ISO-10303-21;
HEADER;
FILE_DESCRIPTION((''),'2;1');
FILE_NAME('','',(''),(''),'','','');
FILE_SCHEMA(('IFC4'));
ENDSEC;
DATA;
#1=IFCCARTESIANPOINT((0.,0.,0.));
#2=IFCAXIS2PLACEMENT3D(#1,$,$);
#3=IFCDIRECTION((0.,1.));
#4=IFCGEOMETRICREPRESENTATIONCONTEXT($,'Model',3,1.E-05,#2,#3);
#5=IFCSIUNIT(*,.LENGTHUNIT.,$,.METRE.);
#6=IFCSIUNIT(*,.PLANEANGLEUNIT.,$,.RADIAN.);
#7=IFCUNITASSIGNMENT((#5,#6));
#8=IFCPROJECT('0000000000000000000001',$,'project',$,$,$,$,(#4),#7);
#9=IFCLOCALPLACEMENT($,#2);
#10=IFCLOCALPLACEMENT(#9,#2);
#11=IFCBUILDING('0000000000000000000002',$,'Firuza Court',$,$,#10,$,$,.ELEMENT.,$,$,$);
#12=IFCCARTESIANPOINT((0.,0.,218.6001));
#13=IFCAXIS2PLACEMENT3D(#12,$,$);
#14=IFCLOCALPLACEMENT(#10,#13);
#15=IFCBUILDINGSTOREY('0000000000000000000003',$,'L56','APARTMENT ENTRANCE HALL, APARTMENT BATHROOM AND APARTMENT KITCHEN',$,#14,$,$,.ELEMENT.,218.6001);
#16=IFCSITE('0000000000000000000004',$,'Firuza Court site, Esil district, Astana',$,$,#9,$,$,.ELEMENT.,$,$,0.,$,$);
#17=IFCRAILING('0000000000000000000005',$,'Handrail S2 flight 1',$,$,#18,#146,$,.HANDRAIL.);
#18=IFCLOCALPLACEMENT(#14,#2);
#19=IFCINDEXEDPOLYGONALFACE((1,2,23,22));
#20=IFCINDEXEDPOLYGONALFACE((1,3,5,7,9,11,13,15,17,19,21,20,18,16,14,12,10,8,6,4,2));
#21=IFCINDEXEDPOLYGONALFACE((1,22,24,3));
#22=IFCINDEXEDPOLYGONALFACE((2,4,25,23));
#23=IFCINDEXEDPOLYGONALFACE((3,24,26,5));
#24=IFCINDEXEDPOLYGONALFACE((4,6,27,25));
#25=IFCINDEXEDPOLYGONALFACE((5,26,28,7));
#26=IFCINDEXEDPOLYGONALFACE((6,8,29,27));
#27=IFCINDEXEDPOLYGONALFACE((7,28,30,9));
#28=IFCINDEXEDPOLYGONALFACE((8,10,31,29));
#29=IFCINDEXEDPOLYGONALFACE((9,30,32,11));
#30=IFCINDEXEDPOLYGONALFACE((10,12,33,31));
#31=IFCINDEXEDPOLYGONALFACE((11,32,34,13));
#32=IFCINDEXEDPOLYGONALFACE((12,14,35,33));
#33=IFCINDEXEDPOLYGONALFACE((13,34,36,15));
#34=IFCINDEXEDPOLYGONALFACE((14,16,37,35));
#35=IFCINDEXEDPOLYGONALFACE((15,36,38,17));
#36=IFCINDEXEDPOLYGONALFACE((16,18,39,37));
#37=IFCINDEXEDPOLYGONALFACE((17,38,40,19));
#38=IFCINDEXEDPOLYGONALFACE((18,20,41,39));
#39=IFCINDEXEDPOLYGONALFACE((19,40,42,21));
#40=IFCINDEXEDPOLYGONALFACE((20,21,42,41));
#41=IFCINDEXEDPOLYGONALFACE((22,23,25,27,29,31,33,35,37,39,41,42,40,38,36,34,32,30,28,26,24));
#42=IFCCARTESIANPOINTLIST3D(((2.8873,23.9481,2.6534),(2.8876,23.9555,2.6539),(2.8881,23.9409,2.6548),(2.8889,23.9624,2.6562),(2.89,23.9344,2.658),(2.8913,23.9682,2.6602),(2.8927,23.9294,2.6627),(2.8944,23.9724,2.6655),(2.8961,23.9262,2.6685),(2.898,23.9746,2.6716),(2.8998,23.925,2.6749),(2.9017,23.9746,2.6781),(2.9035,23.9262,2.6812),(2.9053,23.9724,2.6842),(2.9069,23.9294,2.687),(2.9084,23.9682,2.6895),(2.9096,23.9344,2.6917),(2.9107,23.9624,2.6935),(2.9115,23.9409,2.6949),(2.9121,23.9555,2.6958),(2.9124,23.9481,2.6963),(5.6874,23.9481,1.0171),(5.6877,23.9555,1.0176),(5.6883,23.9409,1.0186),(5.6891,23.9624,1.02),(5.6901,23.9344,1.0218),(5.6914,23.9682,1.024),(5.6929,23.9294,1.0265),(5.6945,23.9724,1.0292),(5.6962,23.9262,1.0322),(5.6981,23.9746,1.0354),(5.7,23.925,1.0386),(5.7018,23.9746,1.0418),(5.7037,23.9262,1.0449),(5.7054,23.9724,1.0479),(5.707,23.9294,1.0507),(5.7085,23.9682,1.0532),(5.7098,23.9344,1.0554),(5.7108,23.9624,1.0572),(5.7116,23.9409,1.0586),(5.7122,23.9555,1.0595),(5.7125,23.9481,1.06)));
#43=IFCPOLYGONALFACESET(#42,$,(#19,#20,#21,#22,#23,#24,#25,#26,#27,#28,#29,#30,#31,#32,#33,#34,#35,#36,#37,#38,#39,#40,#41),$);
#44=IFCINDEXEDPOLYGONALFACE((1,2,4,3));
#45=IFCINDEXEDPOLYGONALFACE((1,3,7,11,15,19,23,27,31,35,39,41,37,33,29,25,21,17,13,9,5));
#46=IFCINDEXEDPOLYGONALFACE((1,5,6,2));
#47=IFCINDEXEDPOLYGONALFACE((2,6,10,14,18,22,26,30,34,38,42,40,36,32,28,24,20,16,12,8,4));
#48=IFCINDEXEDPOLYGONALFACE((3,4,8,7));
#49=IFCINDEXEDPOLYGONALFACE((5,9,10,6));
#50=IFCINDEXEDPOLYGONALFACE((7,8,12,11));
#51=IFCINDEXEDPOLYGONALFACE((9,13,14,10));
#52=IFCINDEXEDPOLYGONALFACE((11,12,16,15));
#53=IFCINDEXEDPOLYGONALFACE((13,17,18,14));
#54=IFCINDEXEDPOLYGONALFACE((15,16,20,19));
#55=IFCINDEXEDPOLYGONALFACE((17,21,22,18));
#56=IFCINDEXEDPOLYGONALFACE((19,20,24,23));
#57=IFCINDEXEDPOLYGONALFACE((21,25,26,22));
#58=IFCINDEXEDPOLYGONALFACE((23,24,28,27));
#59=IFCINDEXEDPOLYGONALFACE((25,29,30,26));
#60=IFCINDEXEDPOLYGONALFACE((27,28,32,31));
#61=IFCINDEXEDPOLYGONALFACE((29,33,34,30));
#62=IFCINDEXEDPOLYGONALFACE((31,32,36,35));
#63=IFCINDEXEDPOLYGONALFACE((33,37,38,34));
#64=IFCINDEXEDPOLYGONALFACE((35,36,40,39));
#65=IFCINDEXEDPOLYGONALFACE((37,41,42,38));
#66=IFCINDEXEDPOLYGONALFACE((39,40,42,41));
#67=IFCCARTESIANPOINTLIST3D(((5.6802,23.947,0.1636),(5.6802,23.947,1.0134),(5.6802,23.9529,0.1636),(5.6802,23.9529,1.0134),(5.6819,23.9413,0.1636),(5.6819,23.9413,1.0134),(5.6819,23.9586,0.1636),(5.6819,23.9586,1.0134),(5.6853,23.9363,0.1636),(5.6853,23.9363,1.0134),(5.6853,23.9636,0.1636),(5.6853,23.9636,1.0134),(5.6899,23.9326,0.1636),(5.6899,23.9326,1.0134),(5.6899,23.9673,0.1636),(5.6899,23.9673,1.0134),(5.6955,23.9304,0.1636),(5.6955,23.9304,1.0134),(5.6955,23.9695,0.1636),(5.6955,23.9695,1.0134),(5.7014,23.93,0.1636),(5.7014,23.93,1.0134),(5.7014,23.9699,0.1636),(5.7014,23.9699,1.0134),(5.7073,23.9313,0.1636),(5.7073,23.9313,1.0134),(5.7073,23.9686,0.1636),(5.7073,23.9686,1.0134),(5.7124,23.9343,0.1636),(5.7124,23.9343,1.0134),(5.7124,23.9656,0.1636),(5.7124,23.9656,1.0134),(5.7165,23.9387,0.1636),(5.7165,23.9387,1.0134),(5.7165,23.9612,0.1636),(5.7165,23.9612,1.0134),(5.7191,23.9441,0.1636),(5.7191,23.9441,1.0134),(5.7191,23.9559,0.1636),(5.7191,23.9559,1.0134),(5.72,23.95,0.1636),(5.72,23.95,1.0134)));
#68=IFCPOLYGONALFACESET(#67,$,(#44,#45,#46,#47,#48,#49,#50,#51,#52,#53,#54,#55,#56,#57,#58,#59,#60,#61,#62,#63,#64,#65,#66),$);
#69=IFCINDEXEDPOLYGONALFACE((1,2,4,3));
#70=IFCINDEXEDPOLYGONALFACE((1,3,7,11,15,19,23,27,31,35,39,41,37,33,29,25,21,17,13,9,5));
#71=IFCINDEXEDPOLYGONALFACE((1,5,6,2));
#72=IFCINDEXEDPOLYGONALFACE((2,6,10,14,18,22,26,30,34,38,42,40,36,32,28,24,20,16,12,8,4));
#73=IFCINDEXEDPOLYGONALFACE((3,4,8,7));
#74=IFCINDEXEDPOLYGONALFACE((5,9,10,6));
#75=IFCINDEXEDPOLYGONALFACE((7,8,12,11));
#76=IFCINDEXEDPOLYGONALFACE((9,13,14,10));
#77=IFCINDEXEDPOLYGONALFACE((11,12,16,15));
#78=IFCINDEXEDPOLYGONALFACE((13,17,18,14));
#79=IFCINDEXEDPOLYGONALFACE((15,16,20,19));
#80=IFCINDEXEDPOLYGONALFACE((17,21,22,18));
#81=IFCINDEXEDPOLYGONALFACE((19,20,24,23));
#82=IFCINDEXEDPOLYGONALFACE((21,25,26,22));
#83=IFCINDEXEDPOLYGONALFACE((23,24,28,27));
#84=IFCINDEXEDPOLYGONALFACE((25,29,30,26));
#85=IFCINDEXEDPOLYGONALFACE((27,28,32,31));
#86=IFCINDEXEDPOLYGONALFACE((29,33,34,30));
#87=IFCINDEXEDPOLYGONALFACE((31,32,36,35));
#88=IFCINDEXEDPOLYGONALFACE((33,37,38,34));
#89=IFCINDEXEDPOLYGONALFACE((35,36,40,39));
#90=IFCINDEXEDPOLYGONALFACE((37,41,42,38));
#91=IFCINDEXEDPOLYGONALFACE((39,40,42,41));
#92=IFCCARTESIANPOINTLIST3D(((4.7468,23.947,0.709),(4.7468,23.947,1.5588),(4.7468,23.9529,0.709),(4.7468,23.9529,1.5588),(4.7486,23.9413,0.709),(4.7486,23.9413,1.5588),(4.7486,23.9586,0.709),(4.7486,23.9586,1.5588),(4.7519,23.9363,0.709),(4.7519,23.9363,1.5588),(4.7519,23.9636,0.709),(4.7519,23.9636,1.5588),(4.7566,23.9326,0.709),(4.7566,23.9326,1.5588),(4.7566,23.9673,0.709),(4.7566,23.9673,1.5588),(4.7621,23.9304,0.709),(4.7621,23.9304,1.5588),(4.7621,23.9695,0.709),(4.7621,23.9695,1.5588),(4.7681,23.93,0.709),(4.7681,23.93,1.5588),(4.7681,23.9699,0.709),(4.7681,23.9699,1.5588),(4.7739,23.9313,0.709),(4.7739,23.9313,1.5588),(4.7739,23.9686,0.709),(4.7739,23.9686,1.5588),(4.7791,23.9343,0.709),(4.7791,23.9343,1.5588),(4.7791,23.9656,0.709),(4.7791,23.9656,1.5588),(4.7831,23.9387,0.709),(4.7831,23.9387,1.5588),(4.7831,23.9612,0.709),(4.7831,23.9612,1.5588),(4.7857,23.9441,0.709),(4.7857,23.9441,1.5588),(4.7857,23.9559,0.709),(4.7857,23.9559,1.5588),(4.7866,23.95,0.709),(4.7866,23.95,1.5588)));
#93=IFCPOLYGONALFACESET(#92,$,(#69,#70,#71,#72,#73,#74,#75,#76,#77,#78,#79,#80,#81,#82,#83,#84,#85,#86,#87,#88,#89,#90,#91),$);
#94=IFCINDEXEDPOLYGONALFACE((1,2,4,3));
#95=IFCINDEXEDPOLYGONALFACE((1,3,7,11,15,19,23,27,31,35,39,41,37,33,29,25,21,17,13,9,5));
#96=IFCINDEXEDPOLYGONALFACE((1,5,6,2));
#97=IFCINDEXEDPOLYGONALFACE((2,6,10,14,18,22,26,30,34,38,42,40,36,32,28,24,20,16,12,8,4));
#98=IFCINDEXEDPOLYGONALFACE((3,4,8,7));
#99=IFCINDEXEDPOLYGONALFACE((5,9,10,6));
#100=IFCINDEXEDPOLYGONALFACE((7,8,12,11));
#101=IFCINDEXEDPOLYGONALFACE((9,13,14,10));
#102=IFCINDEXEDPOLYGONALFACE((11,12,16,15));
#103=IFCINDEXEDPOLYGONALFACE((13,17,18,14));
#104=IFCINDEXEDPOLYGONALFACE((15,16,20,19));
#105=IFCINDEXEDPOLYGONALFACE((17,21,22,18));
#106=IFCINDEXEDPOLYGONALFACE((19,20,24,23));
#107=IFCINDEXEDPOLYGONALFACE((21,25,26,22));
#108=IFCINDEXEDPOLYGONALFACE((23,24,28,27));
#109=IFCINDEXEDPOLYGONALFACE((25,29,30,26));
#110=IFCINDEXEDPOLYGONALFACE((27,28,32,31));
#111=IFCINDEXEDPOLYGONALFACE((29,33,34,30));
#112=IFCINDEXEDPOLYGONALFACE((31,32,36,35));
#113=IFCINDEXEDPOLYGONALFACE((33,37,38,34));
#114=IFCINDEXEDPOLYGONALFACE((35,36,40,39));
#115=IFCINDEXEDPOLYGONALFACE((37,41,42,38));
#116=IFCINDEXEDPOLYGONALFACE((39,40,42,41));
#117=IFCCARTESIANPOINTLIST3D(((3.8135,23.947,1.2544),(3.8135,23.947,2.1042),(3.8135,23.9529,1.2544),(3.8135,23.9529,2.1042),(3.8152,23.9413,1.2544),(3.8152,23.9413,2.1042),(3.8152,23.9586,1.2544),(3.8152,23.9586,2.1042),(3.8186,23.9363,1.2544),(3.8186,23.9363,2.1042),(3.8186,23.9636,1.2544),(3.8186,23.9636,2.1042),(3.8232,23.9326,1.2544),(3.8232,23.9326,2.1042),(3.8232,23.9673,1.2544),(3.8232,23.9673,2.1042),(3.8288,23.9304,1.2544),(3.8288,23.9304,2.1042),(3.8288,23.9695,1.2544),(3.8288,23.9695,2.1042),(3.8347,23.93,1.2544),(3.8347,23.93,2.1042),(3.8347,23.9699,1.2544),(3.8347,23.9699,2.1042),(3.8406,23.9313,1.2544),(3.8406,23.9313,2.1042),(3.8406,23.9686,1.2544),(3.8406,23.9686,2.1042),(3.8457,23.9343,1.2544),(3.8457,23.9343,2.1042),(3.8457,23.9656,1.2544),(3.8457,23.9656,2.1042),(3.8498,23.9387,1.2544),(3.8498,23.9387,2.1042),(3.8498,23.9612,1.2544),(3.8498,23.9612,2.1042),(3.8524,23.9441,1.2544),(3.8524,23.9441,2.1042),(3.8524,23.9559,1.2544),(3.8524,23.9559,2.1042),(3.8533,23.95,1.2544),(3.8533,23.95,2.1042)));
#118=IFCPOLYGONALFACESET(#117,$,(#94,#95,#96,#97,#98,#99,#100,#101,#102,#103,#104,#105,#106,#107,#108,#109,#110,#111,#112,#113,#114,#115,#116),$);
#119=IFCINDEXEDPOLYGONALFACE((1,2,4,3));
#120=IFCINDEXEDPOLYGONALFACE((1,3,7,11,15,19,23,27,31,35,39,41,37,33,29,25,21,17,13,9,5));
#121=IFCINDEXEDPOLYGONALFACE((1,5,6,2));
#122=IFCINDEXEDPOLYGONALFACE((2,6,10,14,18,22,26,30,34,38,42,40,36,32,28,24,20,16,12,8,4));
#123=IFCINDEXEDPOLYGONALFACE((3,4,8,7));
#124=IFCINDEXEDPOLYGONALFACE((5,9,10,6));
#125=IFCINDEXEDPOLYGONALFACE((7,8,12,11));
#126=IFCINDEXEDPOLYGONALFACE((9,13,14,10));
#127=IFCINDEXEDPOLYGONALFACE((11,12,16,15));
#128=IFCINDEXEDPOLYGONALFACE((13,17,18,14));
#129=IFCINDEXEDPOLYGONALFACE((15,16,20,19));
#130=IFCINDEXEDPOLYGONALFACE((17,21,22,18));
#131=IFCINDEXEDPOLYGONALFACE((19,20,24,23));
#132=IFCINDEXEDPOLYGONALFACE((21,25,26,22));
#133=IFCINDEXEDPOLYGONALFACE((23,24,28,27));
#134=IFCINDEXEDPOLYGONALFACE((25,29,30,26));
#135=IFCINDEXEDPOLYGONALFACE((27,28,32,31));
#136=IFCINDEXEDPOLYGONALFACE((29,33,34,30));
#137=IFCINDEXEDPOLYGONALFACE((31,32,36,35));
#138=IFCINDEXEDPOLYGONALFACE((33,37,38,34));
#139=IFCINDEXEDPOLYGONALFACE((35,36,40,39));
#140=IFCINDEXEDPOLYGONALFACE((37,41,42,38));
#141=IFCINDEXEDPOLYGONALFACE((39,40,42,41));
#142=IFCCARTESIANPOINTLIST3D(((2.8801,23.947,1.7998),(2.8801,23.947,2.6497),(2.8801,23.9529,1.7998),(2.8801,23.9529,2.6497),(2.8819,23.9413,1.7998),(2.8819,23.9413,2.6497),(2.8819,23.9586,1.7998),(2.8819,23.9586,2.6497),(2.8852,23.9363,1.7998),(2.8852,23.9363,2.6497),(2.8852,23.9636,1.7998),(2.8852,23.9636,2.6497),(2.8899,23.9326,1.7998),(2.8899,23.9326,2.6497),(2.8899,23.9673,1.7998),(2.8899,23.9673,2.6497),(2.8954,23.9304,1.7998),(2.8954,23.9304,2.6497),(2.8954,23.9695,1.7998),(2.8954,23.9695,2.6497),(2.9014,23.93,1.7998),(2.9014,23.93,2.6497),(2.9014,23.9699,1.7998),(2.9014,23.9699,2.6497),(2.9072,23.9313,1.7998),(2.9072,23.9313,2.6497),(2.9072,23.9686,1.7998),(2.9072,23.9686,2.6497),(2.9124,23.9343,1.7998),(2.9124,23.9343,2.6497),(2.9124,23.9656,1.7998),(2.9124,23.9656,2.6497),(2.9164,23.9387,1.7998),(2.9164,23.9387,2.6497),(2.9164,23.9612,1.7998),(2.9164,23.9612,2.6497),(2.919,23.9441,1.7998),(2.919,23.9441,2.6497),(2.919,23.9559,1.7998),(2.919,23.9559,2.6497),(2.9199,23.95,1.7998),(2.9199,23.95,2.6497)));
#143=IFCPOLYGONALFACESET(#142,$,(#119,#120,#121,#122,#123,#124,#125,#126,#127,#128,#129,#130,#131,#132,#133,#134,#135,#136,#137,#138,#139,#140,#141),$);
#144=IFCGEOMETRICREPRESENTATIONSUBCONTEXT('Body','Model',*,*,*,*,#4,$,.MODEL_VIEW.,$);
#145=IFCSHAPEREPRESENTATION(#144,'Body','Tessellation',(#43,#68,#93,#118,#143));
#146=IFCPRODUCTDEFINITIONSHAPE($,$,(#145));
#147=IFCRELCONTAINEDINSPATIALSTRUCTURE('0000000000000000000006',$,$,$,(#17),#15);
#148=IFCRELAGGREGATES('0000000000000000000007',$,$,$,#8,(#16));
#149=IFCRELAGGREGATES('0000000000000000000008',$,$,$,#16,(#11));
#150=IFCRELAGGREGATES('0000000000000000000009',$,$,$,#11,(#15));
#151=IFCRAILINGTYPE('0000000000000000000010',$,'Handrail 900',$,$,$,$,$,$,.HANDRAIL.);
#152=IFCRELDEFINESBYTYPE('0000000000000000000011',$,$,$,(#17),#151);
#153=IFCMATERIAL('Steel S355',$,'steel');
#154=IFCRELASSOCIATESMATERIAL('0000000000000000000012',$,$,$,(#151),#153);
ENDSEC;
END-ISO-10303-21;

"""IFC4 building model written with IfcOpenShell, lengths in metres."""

from ifc_helpers import new_model, si_unit, direction, frame, origin, origin_2d, place, context, subcontext, project, spatial, circle, extrude, material, type_object, element, save


model = new_model("IFC4")

# Units and contexts
model_context = context("Model", 3, precision=1e-05, world=origin(), true_north=direction((0.0, 1.0)))
body_context = subcontext(model_context, "Body", "Model", "MODEL_VIEW")
ifc_project = project(units=[si_unit("LENGTHUNIT", "METRE"), si_unit("PLANEANGLEUNIT", "RADIAN")], contexts=[model_context])

# Site, building, storey
site_placement = place(None, origin())
site = spatial("IfcSite", under=ifc_project, at=site_placement, Name="Firuza Court site, Esil district, Astana", CompositionType="ELEMENT", RefElevation=0.0)
building_placement = place(site_placement, origin())
building = spatial("IfcBuilding", under=site, at=building_placement, Name="Firuza Court", CompositionType="ELEMENT")
storey_placement = place(building_placement, frame((0.0, 0.0, 218.6001)))
storey = spatial("IfcBuildingStorey", under=building, at=storey_placement, Name="L56", Description="APARTMENT ENTRANCE HALL, APARTMENT BATHROOM AND APARTMENT KITCHEN", CompositionType="ELEMENT", Elevation=218.6001)

# Railing
ifc_material_1 = material(Name="Steel S355", Category="steel")
railing_type = type_object("IfcRailingType", Name="Handrail 900", PredefinedType="HANDRAIL", material=ifc_material_1)
railing_placement = place(storey_placement, frame((5.7, 23.95, 0.1636)))
element("IfcRailing", 1, at=railing_placement, inside=storey, type_object=railing_type, Name="Handrail S2 flight 1", PredefinedType="HANDRAIL", context=body_context, shape_type="SweptSolid", body=[
    extrude(circle(Radius=0.0249, at=origin_2d()), frame((0.0, 0.0, 0.875), z_axis=(-0.863394, 0.0, 0.504531), x_axis=(0.0, -1.0, 0.0)), (0.0, 0.0, 1.0), 3.2432),
    extrude(circle(Radius=0.02, at=origin_2d()), origin(), (0.0, 0.0, 1.0), 0.8499),
    extrude(circle(Radius=0.02, at=origin_2d()), frame((-0.9333, 0.0, 0.5454)), (0.0, 0.0, 1.0), 0.8499),
    extrude(circle(Radius=0.02, at=origin_2d()), frame((-1.8667, 0.0, 1.0908)), (0.0, 0.0, 1.0), 0.8499),
    extrude(circle(Radius=0.02, at=origin_2d()), frame((-2.8, 0.0, 1.6362)), (0.0, 0.0, 1.0), 0.8499),
])

save(model, "model.ifc")
